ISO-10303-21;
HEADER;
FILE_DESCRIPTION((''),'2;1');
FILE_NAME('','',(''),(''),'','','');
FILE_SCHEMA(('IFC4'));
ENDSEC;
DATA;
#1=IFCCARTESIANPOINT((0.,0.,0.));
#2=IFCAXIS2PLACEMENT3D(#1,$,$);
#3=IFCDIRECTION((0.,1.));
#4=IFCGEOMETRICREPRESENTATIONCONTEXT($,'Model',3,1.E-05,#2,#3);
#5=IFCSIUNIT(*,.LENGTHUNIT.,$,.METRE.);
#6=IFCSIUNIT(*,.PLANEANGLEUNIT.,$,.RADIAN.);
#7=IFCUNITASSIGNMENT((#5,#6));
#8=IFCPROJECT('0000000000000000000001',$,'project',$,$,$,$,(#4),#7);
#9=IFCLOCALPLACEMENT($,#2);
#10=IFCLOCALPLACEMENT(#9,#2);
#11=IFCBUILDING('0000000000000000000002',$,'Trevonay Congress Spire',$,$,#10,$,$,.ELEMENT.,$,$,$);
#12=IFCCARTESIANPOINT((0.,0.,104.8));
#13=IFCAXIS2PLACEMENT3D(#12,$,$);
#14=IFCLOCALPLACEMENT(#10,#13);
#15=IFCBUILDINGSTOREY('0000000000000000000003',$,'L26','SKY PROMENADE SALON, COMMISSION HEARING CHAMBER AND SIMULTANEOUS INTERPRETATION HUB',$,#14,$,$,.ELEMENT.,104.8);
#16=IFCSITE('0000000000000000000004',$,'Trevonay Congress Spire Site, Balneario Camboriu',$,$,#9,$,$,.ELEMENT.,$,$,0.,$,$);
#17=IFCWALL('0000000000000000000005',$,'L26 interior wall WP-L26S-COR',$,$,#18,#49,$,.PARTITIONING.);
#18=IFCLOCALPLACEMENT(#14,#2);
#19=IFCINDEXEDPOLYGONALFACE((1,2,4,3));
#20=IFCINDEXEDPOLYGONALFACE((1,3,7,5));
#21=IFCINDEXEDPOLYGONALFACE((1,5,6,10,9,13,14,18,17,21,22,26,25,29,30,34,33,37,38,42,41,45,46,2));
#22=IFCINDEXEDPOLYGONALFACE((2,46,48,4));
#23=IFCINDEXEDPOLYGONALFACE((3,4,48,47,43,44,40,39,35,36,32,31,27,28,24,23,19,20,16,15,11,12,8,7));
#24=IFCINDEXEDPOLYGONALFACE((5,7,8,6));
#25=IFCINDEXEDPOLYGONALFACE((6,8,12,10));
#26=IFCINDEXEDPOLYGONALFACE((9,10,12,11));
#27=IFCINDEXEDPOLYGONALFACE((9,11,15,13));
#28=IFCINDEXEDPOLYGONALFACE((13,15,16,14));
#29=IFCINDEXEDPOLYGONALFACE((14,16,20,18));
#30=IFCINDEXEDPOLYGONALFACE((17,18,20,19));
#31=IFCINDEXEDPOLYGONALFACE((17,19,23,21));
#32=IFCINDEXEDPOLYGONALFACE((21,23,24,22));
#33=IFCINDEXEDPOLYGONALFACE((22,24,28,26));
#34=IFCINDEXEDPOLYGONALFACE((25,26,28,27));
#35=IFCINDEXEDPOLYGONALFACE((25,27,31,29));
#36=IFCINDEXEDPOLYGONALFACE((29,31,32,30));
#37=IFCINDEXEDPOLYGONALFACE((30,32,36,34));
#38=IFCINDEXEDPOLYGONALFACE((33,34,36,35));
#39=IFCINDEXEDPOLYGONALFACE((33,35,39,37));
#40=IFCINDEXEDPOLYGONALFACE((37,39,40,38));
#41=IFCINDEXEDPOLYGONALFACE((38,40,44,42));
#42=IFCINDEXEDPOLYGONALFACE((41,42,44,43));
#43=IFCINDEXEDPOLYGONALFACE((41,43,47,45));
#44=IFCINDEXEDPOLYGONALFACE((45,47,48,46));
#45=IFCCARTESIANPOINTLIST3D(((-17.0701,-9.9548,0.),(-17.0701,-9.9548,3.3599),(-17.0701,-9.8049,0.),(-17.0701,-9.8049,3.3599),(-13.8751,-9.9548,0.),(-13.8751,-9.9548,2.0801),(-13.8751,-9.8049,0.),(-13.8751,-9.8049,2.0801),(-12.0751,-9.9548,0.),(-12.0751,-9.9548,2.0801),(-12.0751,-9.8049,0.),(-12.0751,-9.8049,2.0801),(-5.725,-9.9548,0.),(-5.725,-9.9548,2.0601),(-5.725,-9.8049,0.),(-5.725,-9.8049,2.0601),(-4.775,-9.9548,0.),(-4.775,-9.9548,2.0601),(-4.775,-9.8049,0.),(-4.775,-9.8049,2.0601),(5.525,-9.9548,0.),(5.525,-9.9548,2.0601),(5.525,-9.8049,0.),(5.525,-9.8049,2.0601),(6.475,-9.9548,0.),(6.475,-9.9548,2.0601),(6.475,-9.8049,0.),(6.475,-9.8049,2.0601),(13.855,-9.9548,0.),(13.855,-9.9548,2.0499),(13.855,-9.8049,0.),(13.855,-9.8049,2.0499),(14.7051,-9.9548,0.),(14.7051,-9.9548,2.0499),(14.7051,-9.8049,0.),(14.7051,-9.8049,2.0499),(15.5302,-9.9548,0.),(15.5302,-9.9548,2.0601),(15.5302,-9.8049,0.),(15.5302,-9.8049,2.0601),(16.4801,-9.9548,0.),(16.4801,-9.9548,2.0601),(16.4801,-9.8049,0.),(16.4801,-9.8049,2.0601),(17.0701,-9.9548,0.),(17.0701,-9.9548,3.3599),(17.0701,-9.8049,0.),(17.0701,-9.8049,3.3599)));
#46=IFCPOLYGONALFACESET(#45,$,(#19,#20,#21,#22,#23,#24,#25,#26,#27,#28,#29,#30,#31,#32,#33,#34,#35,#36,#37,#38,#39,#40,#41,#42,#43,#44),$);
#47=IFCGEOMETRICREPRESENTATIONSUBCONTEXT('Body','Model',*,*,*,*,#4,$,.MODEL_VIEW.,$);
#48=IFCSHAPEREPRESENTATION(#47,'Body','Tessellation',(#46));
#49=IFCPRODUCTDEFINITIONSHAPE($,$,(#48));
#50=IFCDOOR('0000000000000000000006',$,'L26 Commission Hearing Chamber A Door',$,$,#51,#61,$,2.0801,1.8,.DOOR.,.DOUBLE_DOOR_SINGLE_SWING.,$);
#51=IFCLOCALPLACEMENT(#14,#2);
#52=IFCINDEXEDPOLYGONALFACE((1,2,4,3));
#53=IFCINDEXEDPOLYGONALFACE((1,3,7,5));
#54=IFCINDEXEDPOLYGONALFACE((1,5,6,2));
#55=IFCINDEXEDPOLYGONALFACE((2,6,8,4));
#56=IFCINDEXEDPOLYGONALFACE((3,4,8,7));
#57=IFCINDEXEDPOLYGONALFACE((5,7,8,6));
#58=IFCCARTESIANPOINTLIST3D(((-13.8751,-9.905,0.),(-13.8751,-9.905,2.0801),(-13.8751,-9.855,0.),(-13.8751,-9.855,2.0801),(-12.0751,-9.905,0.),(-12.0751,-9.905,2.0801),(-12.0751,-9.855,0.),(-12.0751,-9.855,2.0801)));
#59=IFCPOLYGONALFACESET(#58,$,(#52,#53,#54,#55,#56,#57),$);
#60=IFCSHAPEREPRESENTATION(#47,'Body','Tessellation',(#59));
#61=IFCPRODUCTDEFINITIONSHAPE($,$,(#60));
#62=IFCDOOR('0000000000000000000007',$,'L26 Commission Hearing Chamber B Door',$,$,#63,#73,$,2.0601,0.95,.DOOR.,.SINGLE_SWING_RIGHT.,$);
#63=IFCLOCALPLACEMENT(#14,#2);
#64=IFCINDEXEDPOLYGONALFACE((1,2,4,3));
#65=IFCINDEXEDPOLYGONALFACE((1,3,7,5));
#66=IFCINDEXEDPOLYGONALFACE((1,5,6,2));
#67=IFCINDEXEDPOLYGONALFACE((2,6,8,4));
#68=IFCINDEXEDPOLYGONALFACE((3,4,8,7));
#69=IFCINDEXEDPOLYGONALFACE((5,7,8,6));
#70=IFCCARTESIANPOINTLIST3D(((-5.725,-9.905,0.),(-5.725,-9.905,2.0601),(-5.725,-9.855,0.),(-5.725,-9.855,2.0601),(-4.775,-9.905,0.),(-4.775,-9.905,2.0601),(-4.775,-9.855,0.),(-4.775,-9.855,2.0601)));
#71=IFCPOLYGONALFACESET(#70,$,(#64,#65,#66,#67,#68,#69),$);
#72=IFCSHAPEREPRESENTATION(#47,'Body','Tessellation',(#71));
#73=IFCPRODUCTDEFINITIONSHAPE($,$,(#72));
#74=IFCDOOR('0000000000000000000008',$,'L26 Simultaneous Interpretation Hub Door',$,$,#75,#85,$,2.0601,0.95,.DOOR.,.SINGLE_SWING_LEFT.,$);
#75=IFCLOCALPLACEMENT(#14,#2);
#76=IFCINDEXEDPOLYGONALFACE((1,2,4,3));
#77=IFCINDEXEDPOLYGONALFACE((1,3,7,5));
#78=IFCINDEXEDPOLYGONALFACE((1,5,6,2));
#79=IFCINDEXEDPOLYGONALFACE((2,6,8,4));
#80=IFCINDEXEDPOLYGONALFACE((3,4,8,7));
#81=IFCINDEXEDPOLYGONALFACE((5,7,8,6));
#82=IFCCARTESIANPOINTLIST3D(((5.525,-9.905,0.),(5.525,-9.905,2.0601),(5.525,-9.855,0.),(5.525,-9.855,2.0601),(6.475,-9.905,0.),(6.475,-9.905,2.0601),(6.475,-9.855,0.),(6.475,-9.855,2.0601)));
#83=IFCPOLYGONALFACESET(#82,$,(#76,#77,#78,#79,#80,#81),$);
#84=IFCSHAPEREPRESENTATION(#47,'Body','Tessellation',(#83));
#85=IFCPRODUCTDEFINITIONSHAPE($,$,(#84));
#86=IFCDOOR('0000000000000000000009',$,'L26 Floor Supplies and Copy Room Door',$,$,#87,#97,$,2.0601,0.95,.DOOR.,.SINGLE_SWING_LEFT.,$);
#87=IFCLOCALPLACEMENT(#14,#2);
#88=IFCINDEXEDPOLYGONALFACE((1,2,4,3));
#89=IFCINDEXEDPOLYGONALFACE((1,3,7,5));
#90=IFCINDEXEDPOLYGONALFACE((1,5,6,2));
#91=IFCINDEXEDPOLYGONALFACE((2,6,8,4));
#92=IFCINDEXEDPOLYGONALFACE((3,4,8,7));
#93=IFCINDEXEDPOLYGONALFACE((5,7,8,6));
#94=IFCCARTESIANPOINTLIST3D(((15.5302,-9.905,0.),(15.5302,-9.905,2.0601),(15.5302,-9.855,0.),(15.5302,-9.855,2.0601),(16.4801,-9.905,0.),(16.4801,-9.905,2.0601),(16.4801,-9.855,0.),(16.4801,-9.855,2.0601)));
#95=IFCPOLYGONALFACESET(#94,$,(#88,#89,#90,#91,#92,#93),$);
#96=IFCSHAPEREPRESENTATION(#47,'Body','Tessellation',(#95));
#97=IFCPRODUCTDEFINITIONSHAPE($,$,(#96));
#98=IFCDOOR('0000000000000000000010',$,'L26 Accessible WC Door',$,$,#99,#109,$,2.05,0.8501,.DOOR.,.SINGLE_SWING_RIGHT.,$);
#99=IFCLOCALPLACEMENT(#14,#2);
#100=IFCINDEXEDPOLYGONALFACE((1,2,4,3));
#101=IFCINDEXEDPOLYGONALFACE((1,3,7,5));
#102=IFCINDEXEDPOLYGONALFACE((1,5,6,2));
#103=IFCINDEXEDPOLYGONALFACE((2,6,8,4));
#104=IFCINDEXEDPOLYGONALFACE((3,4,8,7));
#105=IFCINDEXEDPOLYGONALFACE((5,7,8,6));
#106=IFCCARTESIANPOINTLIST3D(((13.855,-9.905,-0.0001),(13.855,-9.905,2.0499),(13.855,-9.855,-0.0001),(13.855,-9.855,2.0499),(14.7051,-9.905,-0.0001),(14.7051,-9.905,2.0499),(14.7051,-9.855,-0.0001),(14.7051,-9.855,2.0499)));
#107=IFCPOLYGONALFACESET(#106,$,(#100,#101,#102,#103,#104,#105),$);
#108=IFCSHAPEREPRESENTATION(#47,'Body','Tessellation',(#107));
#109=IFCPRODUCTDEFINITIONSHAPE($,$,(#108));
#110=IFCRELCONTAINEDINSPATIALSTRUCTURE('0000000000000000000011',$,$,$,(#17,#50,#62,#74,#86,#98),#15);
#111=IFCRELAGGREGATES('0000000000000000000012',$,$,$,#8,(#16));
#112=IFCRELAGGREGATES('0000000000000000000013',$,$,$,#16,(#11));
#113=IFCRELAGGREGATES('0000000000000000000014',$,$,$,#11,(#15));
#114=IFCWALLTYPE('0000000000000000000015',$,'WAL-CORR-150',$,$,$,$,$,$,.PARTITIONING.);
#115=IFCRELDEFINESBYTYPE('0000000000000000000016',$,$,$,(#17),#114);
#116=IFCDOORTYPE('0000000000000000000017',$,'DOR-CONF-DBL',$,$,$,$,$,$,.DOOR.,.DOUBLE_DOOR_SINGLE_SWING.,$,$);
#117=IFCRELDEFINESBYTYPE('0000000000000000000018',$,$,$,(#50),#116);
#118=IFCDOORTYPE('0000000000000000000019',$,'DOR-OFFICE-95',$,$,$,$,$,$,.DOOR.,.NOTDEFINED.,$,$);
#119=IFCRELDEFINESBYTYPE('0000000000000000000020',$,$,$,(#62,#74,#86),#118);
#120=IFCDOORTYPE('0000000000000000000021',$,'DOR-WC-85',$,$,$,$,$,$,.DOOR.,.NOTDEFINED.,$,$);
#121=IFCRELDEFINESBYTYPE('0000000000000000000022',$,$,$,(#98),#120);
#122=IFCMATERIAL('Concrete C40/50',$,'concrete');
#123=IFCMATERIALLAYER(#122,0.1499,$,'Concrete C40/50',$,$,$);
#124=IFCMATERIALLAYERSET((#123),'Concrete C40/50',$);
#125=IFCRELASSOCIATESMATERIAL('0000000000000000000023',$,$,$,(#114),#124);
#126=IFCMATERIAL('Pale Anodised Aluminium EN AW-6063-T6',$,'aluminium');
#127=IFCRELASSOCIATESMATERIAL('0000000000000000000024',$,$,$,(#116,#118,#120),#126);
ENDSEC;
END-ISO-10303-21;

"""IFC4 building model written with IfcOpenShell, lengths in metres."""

from ifc_helpers import new_model, si_unit, direction, frame, frame_2d, origin, place, context, subcontext, project, spatial, rectangle, extrude, material, layer, layer_set, type_object, element, fill, save


model = new_model("IFC4")

# Units and contexts
model_context = context("Model", 3, precision=1e-05, world=origin(), true_north=direction((0.0, 1.0)))
body_context = subcontext(model_context, "Body", "Model", "MODEL_VIEW")
ifc_project = project(units=[si_unit("LENGTHUNIT", "METRE"), si_unit("PLANEANGLEUNIT", "RADIAN")], contexts=[model_context])

# Site, building, storey
site_placement = place(None, origin())
site = spatial("IfcSite", under=ifc_project, at=site_placement, Name="Trevonay Congress Spire Site, Balneario Camboriu", CompositionType="ELEMENT", RefElevation=0.0)
building_placement = place(site_placement, origin())
building = spatial("IfcBuilding", under=site, at=building_placement, Name="Trevonay Congress Spire", CompositionType="ELEMENT")
storey_placement = place(building_placement, frame((0.0, 0.0, 104.8)))
storey = spatial("IfcBuildingStorey", under=building, at=storey_placement, Name="L26", Description="SKY PROMENADE SALON, COMMISSION HEARING CHAMBER AND SIMULTANEOUS INTERPRETATION HUB", CompositionType="ELEMENT", Elevation=104.8)

# Shared definitions
ifc_material_1 = material(Name="Pale Anodised Aluminium EN AW-6063-T6", Category="aluminium")

# Wall, openings, doors
ifc_material_2 = material(Name="Concrete C40/50", Category="concrete")
ifc_layer_1 = layer(ifc_material_2, 0.1499, Name="Concrete C40/50")
ifc_layer_set_1 = layer_set([ifc_layer_1], Name="Concrete C40/50")
wall_type_1 = type_object("IfcWallType", Name="WAL-CORR-150", PredefinedType="PARTITIONING", material=ifc_layer_set_1)
wall_1_placement = place(storey_placement, frame((-17.0701, -9.8799, 0.0), z_axis=(0.0, 0.0, 1.0), x_axis=(1.0, 0.0, 0.0)))
wall_1 = element("IfcWall", 1, at=wall_1_placement, inside=storey, type_object=wall_type_1, Name="L26 interior wall WP-L26S-COR", PredefinedType="PARTITIONING", context=body_context, shape_type="SweptSolid", body=[
    extrude(rectangle(XDim=34.1401, YDim=0.1499, at=frame_2d((17.0701, 0.0))), origin(), (0.0, 0.0, 1.0), 3.3599),
])
opening_1_placement = place(wall_1_placement, frame((3.1951, 0.0, 0.0)))
opening_1 = element("IfcOpeningElement", 2, at=opening_1_placement, cuts=wall_1, PredefinedType="OPENING", context=body_context, shape_type="SweptSolid", body=[
    extrude(rectangle(XDim=1.8, YDim=2.0801, at=frame_2d((0.8999, 1.04))), frame((0.0, 0.085, 0.0), z_axis=(0.0, -1.0, 0.0), x_axis=(1.0, 0.0, 0.0)), (0.0, 0.0, 1.0), 0.1699),
])
opening_2_placement = place(wall_1_placement, frame((11.345, 0.0, 0.0)))
opening_2 = element("IfcOpeningElement", 3, at=opening_2_placement, cuts=wall_1, PredefinedType="OPENING", context=body_context, shape_type="SweptSolid", body=[
    extrude(rectangle(XDim=0.95, YDim=2.0601, at=frame_2d((0.4751, 1.03))), frame((0.0, 0.085, 0.0), z_axis=(0.0, -1.0, 0.0), x_axis=(1.0, 0.0, 0.0)), (0.0, 0.0, 1.0), 0.1699),
])
opening_3_placement = place(wall_1_placement, frame((22.595, 0.0, 0.0)))
opening_3 = element("IfcOpeningElement", 4, at=opening_3_placement, cuts=wall_1, PredefinedType="OPENING", context=body_context, shape_type="SweptSolid", body=[
    extrude(rectangle(XDim=0.95, YDim=2.0601, at=frame_2d((0.4751, 1.03))), frame((0.0, 0.085, 0.0), z_axis=(0.0, -1.0, 0.0), x_axis=(1.0, 0.0, 0.0)), (0.0, 0.0, 1.0), 0.1699),
])
opening_4_placement = place(wall_1_placement, frame((30.925, 0.0, 0.0)))
opening_4 = element("IfcOpeningElement", 5, at=opening_4_placement, cuts=wall_1, PredefinedType="OPENING", context=body_context, shape_type="SweptSolid", body=[
    extrude(rectangle(XDim=0.8501, YDim=2.05, at=frame_2d((0.425, 1.0249))), frame((0.0, 0.085, 0.0), z_axis=(0.0, -1.0, 0.0), x_axis=(1.0, 0.0, 0.0)), (0.0, 0.0, 1.0), 0.1699),
])
opening_5_placement = place(wall_1_placement, frame((32.6001, 0.0, 0.0)))
opening_5 = element("IfcOpeningElement", 6, at=opening_5_placement, cuts=wall_1, PredefinedType="OPENING", context=body_context, shape_type="SweptSolid", body=[
    extrude(rectangle(XDim=0.95, YDim=2.0601, at=frame_2d((0.4751, 1.03))), frame((0.0, 0.085, 0.0), z_axis=(0.0, -1.0, 0.0), x_axis=(1.0, 0.0, 0.0)), (0.0, 0.0, 1.0), 0.1699),
])
door_type_1 = type_object("IfcDoorType", Name="DOR-CONF-DBL", OperationType="DOUBLE_DOOR_SINGLE_SWING", PredefinedType="DOOR", material=ifc_material_1)
door_1_placement = place(opening_1_placement, origin())
door_1 = element("IfcDoor", 7, at=door_1_placement, inside=storey, type_object=door_type_1, Name="L26 Commission Hearing Chamber A Door", OperationType="DOUBLE_DOOR_SINGLE_SWING", OverallHeight=2.0801, OverallWidth=1.8, PredefinedType="DOOR", context=body_context, shape_type="SweptSolid", body=[
    extrude(rectangle(XDim=1.8, YDim=2.0801, at=frame_2d((0.8999, 1.04))), frame((0.0, 0.0249, 0.0), z_axis=(0.0, -1.0, 0.0), x_axis=(1.0, 0.0, 0.0)), (0.0, 0.0, 1.0), 0.05),
])
fill(opening_1, door_1)
door_type_2 = type_object("IfcDoorType", Name="DOR-OFFICE-95", OperationType="NOTDEFINED", PredefinedType="DOOR", material=ifc_material_1)
door_2_placement = place(opening_2_placement, origin())
door_2 = element("IfcDoor", 8, at=door_2_placement, inside=storey, type_object=door_type_2, Name="L26 Commission Hearing Chamber B Door", OperationType="SINGLE_SWING_RIGHT", OverallHeight=2.0601, OverallWidth=0.95, PredefinedType="DOOR", context=body_context, shape_type="SweptSolid", body=[
    extrude(rectangle(XDim=0.95, YDim=2.0601, at=frame_2d((0.4751, 1.03))), frame((0.0, 0.0249, 0.0), z_axis=(0.0, -1.0, 0.0), x_axis=(1.0, 0.0, 0.0)), (0.0, 0.0, 1.0), 0.05),
])
fill(opening_2, door_2)
door_3_placement = place(opening_3_placement, origin())
door_3 = element("IfcDoor", 9, at=door_3_placement, inside=storey, type_object=door_type_2, Name="L26 Simultaneous Interpretation Hub Door", OperationType="SINGLE_SWING_LEFT", OverallHeight=2.0601, OverallWidth=0.95, PredefinedType="DOOR", context=body_context, shape_type="SweptSolid", body=[
    extrude(rectangle(XDim=0.95, YDim=2.0601, at=frame_2d((0.4751, 1.03))), frame((0.0, 0.0249, 0.0), z_axis=(0.0, -1.0, 0.0), x_axis=(1.0, 0.0, 0.0)), (0.0, 0.0, 1.0), 0.05),
])
fill(opening_3, door_3)
door_4_placement = place(opening_5_placement, origin())
door_4 = element("IfcDoor", 10, at=door_4_placement, inside=storey, type_object=door_type_2, Name="L26 Floor Supplies and Copy Room Door", OperationType="SINGLE_SWING_LEFT", OverallHeight=2.0601, OverallWidth=0.95, PredefinedType="DOOR", context=body_context, shape_type="SweptSolid", body=[
    extrude(rectangle(XDim=0.95, YDim=2.0601, at=frame_2d((0.4751, 1.03))), frame((0.0, 0.0249, 0.0), z_axis=(0.0, -1.0, 0.0), x_axis=(1.0, 0.0, 0.0)), (0.0, 0.0, 1.0), 0.05),
])
fill(opening_5, door_4)
door_type_3 = type_object("IfcDoorType", Name="DOR-WC-85", OperationType="NOTDEFINED", PredefinedType="DOOR", material=ifc_material_1)
door_5_placement = place(opening_4_placement, origin())
door_5 = element("IfcDoor", 11, at=door_5_placement, inside=storey, type_object=door_type_3, Name="L26 Accessible WC Door", OperationType="SINGLE_SWING_RIGHT", OverallHeight=2.05, OverallWidth=0.8501, PredefinedType="DOOR", context=body_context, shape_type="SweptSolid", body=[
    extrude(rectangle(XDim=0.8501, YDim=2.05, at=frame_2d((0.425, 1.0249))), frame((0.0, 0.0249, 0.0), z_axis=(0.0, -1.0, 0.0), x_axis=(1.0, 0.0, 0.0)), (0.0, 0.0, 1.0), 0.05),
])
fill(opening_4, door_5)

save(model, "model.ifc")
